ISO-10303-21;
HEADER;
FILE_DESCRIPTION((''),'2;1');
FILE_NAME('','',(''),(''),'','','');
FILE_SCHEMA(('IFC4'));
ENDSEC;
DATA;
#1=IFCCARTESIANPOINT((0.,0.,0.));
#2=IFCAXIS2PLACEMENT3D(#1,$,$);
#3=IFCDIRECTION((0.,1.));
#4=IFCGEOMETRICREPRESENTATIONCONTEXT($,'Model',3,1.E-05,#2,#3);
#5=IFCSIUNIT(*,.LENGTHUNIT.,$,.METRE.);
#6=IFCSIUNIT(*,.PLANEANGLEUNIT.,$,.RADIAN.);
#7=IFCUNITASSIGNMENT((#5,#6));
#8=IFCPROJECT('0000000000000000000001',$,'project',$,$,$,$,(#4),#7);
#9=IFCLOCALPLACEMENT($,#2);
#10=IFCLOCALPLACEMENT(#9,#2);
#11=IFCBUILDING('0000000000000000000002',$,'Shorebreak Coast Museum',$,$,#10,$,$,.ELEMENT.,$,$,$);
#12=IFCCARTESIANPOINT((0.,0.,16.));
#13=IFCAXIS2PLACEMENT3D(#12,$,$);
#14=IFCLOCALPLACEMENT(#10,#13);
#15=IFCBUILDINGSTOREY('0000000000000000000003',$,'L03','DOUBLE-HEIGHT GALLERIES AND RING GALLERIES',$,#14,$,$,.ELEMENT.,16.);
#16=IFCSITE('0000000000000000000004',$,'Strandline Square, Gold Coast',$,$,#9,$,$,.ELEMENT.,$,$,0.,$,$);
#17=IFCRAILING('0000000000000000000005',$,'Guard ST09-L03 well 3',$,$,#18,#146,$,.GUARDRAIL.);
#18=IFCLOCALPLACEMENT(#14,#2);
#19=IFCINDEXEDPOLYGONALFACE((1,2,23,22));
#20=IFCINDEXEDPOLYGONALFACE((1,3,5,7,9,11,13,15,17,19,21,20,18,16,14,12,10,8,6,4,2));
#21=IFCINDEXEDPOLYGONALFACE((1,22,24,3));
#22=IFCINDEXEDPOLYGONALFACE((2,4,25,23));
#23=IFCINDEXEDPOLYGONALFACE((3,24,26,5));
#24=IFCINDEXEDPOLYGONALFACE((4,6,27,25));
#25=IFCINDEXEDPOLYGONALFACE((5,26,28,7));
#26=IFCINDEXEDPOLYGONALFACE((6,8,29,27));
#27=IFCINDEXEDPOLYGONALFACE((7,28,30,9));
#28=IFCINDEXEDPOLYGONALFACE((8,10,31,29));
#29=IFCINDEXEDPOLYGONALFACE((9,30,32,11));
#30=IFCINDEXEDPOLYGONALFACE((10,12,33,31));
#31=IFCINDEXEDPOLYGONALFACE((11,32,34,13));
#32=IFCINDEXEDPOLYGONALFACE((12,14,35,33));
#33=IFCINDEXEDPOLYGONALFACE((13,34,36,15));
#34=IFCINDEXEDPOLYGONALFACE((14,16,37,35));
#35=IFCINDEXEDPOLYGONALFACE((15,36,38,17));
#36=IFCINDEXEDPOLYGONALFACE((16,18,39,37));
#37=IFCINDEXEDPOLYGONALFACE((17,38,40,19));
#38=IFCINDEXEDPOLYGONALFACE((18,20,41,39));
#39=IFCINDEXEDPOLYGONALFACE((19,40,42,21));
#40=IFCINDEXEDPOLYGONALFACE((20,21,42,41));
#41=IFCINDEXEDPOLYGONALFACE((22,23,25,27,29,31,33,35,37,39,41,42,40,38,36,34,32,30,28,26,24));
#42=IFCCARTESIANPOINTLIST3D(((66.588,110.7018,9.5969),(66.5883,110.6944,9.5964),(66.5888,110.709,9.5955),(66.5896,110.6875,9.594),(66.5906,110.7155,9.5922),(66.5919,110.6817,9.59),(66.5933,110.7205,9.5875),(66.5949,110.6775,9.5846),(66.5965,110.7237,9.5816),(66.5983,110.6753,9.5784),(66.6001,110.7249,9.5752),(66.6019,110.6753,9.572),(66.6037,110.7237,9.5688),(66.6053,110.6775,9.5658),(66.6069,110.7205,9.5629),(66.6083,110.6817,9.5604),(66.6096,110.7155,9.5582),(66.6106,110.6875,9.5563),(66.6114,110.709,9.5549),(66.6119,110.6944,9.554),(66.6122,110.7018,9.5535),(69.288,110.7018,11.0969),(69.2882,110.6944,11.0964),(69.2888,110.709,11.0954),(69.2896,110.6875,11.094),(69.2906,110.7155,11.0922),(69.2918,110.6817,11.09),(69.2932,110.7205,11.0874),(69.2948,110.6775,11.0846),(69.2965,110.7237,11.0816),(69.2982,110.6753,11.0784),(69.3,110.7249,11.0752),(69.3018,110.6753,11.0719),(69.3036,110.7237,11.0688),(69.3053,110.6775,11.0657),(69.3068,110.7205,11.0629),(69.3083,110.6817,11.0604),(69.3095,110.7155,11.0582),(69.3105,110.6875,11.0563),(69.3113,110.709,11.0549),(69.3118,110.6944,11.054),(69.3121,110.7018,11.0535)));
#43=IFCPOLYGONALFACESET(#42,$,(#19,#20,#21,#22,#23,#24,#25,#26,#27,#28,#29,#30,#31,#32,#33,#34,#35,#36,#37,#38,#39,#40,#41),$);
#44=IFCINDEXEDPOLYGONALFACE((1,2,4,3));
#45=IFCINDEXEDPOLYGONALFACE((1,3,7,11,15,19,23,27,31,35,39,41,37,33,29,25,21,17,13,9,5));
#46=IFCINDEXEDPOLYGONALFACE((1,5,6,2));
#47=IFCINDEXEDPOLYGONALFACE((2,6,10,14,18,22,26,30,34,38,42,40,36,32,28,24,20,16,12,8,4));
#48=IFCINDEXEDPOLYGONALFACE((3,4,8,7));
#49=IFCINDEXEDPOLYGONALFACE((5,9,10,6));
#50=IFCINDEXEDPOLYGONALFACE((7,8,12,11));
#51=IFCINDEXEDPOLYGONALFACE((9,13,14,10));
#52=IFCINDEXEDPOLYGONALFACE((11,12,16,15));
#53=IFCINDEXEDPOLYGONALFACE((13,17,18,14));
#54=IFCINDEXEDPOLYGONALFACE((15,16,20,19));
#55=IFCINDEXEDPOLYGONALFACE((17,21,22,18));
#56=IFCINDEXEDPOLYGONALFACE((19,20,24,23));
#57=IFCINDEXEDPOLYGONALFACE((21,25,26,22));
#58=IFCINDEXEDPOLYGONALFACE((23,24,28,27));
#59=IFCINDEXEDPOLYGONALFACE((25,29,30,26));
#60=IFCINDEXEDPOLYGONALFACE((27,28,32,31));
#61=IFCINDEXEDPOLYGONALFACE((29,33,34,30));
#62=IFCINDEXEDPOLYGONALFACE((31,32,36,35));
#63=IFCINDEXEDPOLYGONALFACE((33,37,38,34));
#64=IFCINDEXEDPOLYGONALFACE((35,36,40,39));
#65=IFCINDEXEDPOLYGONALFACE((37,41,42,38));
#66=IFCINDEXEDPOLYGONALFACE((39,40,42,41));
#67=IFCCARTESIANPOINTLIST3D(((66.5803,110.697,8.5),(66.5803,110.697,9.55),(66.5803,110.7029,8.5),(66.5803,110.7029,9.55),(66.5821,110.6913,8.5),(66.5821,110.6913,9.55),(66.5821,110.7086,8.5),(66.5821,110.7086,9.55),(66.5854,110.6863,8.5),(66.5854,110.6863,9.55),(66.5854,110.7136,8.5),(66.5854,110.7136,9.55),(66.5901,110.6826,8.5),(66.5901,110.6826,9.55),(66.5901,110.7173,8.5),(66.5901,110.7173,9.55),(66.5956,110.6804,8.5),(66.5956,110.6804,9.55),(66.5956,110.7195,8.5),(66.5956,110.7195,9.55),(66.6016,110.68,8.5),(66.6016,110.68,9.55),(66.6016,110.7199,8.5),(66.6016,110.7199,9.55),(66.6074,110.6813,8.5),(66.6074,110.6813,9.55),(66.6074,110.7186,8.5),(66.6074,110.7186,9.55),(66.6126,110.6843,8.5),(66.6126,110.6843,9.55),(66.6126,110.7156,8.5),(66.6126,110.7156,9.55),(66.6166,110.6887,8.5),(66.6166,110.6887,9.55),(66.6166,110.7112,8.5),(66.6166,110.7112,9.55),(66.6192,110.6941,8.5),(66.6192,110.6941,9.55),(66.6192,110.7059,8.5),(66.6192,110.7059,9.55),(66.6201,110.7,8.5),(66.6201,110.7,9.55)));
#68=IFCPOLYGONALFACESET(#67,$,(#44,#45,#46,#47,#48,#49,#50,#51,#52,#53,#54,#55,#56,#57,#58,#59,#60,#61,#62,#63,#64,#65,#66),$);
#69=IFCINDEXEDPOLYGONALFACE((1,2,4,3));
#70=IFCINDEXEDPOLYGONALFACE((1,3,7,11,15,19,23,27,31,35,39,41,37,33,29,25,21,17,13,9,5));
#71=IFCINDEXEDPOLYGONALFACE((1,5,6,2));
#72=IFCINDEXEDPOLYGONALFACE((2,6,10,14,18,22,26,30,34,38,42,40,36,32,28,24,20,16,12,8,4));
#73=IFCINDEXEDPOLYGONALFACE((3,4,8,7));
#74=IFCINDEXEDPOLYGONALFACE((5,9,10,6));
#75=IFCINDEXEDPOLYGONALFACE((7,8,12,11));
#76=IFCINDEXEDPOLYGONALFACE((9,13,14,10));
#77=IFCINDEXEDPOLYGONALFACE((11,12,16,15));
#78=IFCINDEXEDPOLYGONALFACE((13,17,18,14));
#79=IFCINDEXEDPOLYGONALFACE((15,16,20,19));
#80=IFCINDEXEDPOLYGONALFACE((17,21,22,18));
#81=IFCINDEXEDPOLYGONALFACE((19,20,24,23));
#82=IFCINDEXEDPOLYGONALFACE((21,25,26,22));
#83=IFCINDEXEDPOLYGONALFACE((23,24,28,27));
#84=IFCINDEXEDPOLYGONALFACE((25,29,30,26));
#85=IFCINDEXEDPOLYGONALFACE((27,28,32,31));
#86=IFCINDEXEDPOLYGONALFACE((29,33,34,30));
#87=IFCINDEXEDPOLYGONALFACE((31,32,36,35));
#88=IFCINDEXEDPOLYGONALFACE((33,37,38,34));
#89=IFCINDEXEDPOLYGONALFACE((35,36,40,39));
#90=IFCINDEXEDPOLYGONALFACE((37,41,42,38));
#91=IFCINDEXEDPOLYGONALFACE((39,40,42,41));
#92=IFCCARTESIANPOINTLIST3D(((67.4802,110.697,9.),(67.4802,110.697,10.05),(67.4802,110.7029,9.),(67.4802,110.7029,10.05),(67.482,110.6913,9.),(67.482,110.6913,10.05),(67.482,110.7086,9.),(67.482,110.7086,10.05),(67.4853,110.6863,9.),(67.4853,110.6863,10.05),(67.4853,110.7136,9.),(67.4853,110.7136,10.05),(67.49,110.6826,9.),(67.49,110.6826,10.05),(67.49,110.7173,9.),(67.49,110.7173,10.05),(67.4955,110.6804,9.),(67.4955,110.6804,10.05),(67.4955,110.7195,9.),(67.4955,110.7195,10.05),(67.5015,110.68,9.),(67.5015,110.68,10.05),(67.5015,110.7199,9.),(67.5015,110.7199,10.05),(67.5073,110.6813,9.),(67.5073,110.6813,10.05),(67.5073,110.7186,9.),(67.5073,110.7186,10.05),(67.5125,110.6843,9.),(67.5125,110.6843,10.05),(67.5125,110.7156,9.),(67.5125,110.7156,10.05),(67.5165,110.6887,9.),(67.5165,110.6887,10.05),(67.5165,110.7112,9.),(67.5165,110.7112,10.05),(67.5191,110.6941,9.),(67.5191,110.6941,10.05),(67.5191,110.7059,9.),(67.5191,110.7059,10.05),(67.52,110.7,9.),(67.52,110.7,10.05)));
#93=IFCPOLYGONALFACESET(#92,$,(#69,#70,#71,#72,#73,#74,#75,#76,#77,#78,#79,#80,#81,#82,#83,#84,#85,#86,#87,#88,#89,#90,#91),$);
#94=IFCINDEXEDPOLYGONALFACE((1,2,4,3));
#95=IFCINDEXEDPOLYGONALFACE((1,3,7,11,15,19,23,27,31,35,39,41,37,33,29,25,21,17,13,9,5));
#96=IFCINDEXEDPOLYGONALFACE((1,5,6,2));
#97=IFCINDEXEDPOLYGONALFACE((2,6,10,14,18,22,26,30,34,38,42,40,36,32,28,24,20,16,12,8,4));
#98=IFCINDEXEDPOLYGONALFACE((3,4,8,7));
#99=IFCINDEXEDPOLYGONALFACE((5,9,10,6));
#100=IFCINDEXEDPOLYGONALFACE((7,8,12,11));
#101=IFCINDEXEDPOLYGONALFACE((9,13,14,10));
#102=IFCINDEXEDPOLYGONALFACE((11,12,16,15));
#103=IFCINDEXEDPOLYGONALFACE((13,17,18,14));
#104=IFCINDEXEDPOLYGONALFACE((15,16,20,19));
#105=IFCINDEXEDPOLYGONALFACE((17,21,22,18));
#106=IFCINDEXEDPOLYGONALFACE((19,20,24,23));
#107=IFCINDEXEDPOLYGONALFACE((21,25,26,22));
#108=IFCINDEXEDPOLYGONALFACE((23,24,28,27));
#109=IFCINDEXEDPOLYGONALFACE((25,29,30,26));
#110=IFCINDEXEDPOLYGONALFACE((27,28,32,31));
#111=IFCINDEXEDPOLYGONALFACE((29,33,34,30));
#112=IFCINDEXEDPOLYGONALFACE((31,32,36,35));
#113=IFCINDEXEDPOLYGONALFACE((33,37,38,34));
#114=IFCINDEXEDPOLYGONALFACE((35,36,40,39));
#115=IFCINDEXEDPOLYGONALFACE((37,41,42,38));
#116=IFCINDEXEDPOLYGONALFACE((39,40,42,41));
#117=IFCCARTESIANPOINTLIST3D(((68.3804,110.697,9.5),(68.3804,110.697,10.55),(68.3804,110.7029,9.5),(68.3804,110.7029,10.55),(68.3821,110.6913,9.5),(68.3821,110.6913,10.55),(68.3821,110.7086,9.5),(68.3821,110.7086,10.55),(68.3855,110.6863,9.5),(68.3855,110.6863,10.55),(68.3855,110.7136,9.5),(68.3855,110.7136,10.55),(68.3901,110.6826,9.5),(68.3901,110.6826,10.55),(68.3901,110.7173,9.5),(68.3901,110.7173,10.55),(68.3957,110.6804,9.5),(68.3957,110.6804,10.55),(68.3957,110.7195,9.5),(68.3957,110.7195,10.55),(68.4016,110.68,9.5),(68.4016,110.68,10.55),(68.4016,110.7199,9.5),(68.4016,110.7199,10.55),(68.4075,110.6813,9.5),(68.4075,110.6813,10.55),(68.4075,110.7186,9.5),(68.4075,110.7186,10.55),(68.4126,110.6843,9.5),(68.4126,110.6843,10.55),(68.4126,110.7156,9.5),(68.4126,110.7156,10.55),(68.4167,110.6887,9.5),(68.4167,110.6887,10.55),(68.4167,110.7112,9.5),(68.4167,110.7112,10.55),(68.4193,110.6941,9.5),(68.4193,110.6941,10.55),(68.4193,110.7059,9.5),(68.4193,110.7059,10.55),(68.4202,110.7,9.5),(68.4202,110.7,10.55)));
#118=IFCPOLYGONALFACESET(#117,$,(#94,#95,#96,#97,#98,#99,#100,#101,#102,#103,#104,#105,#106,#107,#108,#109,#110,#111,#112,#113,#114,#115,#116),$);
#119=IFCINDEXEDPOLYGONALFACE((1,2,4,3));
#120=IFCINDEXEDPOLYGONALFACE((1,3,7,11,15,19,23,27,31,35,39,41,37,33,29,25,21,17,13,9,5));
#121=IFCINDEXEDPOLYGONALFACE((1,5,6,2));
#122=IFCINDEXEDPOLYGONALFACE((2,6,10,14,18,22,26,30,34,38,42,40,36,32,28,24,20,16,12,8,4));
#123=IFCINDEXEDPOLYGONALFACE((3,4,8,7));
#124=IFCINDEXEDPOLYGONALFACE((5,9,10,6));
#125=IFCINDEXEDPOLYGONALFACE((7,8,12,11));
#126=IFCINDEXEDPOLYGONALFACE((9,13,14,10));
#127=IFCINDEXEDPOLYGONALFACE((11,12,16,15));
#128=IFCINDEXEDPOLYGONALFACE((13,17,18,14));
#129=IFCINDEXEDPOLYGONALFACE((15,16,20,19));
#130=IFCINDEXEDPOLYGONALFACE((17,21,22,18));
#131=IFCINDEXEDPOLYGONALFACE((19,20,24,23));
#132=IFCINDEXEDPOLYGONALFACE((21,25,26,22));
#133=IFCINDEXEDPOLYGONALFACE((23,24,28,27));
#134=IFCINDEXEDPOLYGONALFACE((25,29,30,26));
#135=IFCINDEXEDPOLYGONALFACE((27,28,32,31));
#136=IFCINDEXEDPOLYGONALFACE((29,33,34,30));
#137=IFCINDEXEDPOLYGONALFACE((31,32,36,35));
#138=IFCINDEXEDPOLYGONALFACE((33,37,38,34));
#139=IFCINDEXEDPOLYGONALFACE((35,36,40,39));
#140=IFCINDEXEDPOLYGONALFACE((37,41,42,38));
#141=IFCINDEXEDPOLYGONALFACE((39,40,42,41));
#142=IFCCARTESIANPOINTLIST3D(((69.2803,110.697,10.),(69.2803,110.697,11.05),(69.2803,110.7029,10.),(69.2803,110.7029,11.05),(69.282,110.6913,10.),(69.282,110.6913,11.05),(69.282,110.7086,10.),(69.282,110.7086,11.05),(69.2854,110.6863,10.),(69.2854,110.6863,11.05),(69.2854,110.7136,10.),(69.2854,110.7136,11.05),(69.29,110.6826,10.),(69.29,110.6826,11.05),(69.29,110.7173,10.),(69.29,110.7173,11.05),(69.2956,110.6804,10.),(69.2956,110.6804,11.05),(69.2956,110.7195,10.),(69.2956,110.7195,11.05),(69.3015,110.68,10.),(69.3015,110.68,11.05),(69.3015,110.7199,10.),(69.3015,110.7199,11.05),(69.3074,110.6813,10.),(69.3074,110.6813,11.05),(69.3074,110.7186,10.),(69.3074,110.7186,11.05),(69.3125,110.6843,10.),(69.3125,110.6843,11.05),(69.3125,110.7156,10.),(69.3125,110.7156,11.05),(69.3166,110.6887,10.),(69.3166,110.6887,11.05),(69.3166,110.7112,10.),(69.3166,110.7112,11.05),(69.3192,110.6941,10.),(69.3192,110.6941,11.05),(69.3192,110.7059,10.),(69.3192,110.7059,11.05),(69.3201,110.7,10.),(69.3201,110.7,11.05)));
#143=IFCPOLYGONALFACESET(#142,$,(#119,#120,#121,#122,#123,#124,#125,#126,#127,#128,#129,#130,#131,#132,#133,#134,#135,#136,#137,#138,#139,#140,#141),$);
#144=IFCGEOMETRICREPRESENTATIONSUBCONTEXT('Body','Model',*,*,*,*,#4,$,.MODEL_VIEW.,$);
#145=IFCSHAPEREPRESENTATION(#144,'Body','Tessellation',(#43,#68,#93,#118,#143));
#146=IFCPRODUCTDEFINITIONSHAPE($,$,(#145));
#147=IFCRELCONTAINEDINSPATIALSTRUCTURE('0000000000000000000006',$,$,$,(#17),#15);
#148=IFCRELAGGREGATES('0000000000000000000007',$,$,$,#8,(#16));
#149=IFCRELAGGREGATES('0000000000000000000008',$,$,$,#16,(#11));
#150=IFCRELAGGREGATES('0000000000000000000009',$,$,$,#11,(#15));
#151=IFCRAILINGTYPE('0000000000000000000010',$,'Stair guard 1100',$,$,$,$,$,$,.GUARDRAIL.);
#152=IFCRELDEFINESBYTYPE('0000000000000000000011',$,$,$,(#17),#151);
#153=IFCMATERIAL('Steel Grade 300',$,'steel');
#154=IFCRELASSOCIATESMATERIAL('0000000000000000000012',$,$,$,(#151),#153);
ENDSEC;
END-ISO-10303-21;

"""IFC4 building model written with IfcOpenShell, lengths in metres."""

from ifc_helpers import new_model, si_unit, direction, frame, origin, origin_2d, place, context, subcontext, project, spatial, circle, extrude, material, type_object, element, save


model = new_model("IFC4")

# Units and contexts
model_context = context("Model", 3, precision=1e-05, world=origin(), true_north=direction((0.0, 1.0)))
body_context = subcontext(model_context, "Body", "Model", "MODEL_VIEW")
ifc_project = project(units=[si_unit("LENGTHUNIT", "METRE"), si_unit("PLANEANGLEUNIT", "RADIAN")], contexts=[model_context])

# Site, building, storey
site_placement = place(None, origin())
site = spatial("IfcSite", under=ifc_project, at=site_placement, Name="Strandline Square, Gold Coast", CompositionType="ELEMENT", RefElevation=0.0)
building_placement = place(site_placement, origin())
building = spatial("IfcBuilding", under=site, at=building_placement, Name="Shorebreak Coast Museum", CompositionType="ELEMENT")
storey_placement = place(building_placement, frame((0.0, 0.0, 16.0)))
storey = spatial("IfcBuildingStorey", under=building, at=storey_placement, Name="L03", Description="DOUBLE-HEIGHT GALLERIES AND RING GALLERIES", CompositionType="ELEMENT", Elevation=16.0)

# Railing
ifc_material_1 = material(Name="Steel Grade 300", Category="steel")
railing_type_1 = type_object("IfcRailingType", Name="Stair guard 1100", PredefinedType="GUARDRAIL", material=ifc_material_1)
for number, where, name in (
    (1, (66.6001, 110.7, 8.5), "Guard ST09-L03 well 3"),
):
    element("IfcRailing", number, at=place(storey_placement, frame(where)), inside=storey, type_object=railing_type_1, Name=name, PredefinedType="GUARDRAIL", context=body_context, shape_type="SweptSolid", body=[
        extrude(circle(Radius=0.0249, at=origin_2d()), frame((0.0, 0.0, 1.0752), z_axis=(0.874154, 0.0, 0.48565), x_axis=(0.0, 1.0, 0.0)), (0.0, 0.0, 1.0), 3.0886),
        extrude(circle(Radius=0.02, at=origin_2d()), origin(), (0.0, 0.0, 1.0), 1.05),
        extrude(circle(Radius=0.02, at=origin_2d()), frame((0.8999, 0.0, 0.5)), (0.0, 0.0, 1.0), 1.05),
        extrude(circle(Radius=0.02, at=origin_2d()), frame((1.8, 0.0, 1.0)), (0.0, 0.0, 1.0), 1.05),
        extrude(circle(Radius=0.02, at=origin_2d()), frame((2.7, 0.0, 1.5)), (0.0, 0.0, 1.0), 1.05),
    ])

save(model, "model.ifc")
